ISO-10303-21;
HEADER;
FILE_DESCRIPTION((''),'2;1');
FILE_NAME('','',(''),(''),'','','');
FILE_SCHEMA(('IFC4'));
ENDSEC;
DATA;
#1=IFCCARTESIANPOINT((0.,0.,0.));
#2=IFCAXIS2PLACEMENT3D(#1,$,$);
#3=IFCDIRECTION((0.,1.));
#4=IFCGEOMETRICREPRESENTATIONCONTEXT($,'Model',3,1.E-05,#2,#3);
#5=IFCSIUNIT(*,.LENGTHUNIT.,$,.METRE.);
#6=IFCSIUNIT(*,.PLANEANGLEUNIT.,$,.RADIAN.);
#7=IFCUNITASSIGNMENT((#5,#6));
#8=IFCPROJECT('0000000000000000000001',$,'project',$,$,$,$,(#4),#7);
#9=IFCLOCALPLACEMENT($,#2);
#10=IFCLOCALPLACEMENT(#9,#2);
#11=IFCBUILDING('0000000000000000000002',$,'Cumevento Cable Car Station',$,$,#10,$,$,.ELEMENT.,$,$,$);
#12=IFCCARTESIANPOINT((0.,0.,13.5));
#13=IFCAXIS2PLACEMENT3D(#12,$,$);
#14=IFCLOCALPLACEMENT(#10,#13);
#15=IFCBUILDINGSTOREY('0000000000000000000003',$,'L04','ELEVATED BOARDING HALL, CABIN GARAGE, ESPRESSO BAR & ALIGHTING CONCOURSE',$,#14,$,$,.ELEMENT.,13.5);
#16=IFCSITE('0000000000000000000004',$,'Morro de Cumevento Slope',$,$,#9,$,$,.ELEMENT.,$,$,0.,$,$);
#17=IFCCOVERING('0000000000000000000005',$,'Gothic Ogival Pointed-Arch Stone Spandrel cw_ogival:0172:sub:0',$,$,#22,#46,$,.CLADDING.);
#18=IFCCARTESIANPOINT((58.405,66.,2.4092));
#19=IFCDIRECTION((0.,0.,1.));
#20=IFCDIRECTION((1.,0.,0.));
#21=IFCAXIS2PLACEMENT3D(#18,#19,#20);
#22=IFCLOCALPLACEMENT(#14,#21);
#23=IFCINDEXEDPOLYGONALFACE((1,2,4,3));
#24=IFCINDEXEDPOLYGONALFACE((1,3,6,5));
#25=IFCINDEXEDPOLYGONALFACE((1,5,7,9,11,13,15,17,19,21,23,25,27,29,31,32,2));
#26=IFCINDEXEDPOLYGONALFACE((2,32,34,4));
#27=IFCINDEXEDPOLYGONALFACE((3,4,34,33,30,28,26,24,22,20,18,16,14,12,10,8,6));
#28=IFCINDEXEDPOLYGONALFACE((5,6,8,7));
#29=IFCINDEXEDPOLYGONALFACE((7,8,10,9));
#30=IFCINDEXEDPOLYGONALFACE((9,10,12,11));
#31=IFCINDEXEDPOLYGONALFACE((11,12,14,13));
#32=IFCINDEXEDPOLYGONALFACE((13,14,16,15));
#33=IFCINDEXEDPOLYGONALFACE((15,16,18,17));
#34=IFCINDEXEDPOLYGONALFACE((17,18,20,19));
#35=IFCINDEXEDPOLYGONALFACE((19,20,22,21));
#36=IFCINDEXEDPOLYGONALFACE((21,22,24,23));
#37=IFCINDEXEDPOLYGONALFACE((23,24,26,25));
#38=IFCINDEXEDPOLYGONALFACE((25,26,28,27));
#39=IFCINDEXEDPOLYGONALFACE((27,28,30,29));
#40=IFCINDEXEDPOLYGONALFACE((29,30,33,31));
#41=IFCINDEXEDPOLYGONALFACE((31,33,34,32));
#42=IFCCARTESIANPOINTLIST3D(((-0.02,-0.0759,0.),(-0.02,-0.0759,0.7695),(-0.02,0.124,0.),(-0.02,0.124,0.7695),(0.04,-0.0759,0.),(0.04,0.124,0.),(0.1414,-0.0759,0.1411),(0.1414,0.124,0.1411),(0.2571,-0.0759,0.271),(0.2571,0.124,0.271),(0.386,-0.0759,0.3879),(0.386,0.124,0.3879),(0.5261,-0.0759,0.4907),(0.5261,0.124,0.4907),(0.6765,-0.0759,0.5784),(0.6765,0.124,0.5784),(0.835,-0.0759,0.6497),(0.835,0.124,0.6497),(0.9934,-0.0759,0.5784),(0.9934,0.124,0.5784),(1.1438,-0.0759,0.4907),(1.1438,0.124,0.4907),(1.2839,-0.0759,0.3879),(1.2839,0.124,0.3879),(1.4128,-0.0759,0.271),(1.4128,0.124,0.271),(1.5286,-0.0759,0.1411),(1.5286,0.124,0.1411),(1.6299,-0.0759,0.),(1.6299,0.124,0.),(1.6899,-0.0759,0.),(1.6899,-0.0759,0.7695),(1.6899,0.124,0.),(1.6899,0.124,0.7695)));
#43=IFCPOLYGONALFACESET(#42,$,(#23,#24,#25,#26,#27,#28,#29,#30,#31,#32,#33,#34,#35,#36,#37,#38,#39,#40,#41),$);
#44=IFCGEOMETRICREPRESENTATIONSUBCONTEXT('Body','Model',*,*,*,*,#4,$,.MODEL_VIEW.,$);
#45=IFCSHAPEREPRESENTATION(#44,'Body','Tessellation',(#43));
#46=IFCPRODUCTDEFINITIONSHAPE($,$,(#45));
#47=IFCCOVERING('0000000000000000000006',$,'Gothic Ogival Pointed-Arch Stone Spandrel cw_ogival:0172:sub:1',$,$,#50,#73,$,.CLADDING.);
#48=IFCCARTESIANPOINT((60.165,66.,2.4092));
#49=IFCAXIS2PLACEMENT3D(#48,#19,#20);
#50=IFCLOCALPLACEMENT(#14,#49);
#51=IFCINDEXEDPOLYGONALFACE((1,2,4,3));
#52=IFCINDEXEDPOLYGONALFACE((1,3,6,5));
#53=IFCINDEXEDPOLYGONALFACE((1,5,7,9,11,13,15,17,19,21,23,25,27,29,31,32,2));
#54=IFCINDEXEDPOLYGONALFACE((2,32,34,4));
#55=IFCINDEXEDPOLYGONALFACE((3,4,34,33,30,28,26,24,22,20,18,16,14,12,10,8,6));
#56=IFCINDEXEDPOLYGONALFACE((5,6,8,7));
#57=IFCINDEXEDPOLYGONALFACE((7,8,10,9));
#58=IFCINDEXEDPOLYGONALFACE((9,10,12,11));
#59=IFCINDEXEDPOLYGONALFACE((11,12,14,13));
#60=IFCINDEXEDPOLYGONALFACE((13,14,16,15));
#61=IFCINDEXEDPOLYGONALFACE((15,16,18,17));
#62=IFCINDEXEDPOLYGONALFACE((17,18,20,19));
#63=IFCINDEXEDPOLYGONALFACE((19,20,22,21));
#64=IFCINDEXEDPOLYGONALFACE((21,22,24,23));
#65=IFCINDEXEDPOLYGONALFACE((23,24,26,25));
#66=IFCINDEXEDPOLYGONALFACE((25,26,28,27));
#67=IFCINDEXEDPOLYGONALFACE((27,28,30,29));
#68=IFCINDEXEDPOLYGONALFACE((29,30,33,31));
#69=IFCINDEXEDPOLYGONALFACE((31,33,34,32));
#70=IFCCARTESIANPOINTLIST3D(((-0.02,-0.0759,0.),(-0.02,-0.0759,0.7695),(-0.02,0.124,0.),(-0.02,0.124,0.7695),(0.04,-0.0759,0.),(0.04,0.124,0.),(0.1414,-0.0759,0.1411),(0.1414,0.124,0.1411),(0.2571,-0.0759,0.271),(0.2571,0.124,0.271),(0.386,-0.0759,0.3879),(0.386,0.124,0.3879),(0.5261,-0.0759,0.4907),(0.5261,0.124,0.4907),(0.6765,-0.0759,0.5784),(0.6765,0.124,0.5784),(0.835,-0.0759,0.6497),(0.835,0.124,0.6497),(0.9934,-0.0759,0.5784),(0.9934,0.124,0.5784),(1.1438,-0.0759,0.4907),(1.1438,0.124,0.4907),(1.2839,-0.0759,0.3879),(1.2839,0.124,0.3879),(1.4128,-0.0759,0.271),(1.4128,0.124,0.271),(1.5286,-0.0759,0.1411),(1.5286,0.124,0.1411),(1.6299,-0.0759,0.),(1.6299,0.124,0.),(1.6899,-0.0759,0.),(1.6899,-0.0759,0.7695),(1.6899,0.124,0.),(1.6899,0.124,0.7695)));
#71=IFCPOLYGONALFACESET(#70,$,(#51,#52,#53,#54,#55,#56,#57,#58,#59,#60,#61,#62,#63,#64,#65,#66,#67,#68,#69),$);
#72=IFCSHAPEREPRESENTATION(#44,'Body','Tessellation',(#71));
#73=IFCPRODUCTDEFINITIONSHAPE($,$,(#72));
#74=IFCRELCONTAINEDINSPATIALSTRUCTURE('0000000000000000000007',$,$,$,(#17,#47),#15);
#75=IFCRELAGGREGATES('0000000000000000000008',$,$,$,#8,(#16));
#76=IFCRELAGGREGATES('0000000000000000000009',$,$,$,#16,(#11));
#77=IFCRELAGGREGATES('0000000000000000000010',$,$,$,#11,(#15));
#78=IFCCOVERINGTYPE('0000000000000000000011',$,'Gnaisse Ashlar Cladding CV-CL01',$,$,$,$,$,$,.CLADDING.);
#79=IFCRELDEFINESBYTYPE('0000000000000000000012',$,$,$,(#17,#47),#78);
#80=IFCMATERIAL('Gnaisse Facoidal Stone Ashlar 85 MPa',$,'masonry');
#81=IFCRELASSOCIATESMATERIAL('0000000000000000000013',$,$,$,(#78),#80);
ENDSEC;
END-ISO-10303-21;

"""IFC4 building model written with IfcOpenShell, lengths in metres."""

from ifc_helpers import new_model, si_unit, direction, frame, origin, place, context, subcontext, project, spatial, polyline, outline, extrude, material, type_object, element, save


model = new_model("IFC4")

# Units and contexts
model_context = context("Model", 3, precision=1e-05, world=origin(), true_north=direction((0.0, 1.0)))
body_context = subcontext(model_context, "Body", "Model", "MODEL_VIEW")
ifc_project = project(units=[si_unit("LENGTHUNIT", "METRE"), si_unit("PLANEANGLEUNIT", "RADIAN")], contexts=[model_context])

# Site, building, storey
site_placement = place(None, origin())
site = spatial("IfcSite", under=ifc_project, at=site_placement, Name="Morro de Cumevento Slope", CompositionType="ELEMENT", RefElevation=0.0)
building_placement = place(site_placement, origin())
building = spatial("IfcBuilding", under=site, at=building_placement, Name="Cumevento Cable Car Station", CompositionType="ELEMENT")
storey_placement = place(building_placement, frame((0.0, 0.0, 13.5)))
storey = spatial("IfcBuildingStorey", under=building, at=storey_placement, Name="L04", Description="ELEVATED BOARDING HALL, CABIN GARAGE, ESPRESSO BAR & ALIGHTING CONCOURSE", CompositionType="ELEMENT", Elevation=13.5)

# Coverings
ifc_material_1 = material(Name="Gnaisse Facoidal Stone Ashlar 85 MPa", Category="masonry")
covering_type = type_object("IfcCoveringType", Name="Gnaisse Ashlar Cladding CV-CL01", PredefinedType="CLADDING", material=ifc_material_1)
for number, where, z_axis, x_axis, name in (
    (1, (58.405, 66.0, 2.4092), (0.0, 0.0, 1.0), (1.0, 0.0, 0.0), "Gothic Ogival Pointed-Arch Stone Spandrel cw_ogival:0172:sub:0"),
    (2, (60.165, 66.0, 2.4092), (0.0, 0.0, 1.0), (1.0, 0.0, 0.0), "Gothic Ogival Pointed-Arch Stone Spandrel cw_ogival:0172:sub:1"),
):
    element("IfcCovering", number, at=place(storey_placement, frame(where, z_axis=z_axis, x_axis=x_axis)), inside=storey, type_object=covering_type, Name=name, PredefinedType="CLADDING", context=body_context, shape_type="SweptSolid", body=[
        extrude(outline(polyline([(-0.02, 0.0), (-0.02, 0.7695), (1.6899, 0.7695), (1.6899, 0.0), (1.6299, 0.0), (1.5286, 0.1411), (1.4128, 0.271), (1.2839, 0.3879), (1.1438, 0.4907), (0.9934, 0.5784), (0.835, 0.6497), (0.6765, 0.5784), (0.5261, 0.4907), (0.386, 0.3879), (0.2571, 0.271), (0.1414, 0.1411), (0.04, 0.0), (-0.02, 0.0)])), frame((0.0, 0.124, 0.0), z_axis=(0.0, -1.0, 0.0), x_axis=(1.0, 0.0, 0.0)), (0.0, 0.0, 1.0), 0.2),
    ])

save(model, "model.ifc")
